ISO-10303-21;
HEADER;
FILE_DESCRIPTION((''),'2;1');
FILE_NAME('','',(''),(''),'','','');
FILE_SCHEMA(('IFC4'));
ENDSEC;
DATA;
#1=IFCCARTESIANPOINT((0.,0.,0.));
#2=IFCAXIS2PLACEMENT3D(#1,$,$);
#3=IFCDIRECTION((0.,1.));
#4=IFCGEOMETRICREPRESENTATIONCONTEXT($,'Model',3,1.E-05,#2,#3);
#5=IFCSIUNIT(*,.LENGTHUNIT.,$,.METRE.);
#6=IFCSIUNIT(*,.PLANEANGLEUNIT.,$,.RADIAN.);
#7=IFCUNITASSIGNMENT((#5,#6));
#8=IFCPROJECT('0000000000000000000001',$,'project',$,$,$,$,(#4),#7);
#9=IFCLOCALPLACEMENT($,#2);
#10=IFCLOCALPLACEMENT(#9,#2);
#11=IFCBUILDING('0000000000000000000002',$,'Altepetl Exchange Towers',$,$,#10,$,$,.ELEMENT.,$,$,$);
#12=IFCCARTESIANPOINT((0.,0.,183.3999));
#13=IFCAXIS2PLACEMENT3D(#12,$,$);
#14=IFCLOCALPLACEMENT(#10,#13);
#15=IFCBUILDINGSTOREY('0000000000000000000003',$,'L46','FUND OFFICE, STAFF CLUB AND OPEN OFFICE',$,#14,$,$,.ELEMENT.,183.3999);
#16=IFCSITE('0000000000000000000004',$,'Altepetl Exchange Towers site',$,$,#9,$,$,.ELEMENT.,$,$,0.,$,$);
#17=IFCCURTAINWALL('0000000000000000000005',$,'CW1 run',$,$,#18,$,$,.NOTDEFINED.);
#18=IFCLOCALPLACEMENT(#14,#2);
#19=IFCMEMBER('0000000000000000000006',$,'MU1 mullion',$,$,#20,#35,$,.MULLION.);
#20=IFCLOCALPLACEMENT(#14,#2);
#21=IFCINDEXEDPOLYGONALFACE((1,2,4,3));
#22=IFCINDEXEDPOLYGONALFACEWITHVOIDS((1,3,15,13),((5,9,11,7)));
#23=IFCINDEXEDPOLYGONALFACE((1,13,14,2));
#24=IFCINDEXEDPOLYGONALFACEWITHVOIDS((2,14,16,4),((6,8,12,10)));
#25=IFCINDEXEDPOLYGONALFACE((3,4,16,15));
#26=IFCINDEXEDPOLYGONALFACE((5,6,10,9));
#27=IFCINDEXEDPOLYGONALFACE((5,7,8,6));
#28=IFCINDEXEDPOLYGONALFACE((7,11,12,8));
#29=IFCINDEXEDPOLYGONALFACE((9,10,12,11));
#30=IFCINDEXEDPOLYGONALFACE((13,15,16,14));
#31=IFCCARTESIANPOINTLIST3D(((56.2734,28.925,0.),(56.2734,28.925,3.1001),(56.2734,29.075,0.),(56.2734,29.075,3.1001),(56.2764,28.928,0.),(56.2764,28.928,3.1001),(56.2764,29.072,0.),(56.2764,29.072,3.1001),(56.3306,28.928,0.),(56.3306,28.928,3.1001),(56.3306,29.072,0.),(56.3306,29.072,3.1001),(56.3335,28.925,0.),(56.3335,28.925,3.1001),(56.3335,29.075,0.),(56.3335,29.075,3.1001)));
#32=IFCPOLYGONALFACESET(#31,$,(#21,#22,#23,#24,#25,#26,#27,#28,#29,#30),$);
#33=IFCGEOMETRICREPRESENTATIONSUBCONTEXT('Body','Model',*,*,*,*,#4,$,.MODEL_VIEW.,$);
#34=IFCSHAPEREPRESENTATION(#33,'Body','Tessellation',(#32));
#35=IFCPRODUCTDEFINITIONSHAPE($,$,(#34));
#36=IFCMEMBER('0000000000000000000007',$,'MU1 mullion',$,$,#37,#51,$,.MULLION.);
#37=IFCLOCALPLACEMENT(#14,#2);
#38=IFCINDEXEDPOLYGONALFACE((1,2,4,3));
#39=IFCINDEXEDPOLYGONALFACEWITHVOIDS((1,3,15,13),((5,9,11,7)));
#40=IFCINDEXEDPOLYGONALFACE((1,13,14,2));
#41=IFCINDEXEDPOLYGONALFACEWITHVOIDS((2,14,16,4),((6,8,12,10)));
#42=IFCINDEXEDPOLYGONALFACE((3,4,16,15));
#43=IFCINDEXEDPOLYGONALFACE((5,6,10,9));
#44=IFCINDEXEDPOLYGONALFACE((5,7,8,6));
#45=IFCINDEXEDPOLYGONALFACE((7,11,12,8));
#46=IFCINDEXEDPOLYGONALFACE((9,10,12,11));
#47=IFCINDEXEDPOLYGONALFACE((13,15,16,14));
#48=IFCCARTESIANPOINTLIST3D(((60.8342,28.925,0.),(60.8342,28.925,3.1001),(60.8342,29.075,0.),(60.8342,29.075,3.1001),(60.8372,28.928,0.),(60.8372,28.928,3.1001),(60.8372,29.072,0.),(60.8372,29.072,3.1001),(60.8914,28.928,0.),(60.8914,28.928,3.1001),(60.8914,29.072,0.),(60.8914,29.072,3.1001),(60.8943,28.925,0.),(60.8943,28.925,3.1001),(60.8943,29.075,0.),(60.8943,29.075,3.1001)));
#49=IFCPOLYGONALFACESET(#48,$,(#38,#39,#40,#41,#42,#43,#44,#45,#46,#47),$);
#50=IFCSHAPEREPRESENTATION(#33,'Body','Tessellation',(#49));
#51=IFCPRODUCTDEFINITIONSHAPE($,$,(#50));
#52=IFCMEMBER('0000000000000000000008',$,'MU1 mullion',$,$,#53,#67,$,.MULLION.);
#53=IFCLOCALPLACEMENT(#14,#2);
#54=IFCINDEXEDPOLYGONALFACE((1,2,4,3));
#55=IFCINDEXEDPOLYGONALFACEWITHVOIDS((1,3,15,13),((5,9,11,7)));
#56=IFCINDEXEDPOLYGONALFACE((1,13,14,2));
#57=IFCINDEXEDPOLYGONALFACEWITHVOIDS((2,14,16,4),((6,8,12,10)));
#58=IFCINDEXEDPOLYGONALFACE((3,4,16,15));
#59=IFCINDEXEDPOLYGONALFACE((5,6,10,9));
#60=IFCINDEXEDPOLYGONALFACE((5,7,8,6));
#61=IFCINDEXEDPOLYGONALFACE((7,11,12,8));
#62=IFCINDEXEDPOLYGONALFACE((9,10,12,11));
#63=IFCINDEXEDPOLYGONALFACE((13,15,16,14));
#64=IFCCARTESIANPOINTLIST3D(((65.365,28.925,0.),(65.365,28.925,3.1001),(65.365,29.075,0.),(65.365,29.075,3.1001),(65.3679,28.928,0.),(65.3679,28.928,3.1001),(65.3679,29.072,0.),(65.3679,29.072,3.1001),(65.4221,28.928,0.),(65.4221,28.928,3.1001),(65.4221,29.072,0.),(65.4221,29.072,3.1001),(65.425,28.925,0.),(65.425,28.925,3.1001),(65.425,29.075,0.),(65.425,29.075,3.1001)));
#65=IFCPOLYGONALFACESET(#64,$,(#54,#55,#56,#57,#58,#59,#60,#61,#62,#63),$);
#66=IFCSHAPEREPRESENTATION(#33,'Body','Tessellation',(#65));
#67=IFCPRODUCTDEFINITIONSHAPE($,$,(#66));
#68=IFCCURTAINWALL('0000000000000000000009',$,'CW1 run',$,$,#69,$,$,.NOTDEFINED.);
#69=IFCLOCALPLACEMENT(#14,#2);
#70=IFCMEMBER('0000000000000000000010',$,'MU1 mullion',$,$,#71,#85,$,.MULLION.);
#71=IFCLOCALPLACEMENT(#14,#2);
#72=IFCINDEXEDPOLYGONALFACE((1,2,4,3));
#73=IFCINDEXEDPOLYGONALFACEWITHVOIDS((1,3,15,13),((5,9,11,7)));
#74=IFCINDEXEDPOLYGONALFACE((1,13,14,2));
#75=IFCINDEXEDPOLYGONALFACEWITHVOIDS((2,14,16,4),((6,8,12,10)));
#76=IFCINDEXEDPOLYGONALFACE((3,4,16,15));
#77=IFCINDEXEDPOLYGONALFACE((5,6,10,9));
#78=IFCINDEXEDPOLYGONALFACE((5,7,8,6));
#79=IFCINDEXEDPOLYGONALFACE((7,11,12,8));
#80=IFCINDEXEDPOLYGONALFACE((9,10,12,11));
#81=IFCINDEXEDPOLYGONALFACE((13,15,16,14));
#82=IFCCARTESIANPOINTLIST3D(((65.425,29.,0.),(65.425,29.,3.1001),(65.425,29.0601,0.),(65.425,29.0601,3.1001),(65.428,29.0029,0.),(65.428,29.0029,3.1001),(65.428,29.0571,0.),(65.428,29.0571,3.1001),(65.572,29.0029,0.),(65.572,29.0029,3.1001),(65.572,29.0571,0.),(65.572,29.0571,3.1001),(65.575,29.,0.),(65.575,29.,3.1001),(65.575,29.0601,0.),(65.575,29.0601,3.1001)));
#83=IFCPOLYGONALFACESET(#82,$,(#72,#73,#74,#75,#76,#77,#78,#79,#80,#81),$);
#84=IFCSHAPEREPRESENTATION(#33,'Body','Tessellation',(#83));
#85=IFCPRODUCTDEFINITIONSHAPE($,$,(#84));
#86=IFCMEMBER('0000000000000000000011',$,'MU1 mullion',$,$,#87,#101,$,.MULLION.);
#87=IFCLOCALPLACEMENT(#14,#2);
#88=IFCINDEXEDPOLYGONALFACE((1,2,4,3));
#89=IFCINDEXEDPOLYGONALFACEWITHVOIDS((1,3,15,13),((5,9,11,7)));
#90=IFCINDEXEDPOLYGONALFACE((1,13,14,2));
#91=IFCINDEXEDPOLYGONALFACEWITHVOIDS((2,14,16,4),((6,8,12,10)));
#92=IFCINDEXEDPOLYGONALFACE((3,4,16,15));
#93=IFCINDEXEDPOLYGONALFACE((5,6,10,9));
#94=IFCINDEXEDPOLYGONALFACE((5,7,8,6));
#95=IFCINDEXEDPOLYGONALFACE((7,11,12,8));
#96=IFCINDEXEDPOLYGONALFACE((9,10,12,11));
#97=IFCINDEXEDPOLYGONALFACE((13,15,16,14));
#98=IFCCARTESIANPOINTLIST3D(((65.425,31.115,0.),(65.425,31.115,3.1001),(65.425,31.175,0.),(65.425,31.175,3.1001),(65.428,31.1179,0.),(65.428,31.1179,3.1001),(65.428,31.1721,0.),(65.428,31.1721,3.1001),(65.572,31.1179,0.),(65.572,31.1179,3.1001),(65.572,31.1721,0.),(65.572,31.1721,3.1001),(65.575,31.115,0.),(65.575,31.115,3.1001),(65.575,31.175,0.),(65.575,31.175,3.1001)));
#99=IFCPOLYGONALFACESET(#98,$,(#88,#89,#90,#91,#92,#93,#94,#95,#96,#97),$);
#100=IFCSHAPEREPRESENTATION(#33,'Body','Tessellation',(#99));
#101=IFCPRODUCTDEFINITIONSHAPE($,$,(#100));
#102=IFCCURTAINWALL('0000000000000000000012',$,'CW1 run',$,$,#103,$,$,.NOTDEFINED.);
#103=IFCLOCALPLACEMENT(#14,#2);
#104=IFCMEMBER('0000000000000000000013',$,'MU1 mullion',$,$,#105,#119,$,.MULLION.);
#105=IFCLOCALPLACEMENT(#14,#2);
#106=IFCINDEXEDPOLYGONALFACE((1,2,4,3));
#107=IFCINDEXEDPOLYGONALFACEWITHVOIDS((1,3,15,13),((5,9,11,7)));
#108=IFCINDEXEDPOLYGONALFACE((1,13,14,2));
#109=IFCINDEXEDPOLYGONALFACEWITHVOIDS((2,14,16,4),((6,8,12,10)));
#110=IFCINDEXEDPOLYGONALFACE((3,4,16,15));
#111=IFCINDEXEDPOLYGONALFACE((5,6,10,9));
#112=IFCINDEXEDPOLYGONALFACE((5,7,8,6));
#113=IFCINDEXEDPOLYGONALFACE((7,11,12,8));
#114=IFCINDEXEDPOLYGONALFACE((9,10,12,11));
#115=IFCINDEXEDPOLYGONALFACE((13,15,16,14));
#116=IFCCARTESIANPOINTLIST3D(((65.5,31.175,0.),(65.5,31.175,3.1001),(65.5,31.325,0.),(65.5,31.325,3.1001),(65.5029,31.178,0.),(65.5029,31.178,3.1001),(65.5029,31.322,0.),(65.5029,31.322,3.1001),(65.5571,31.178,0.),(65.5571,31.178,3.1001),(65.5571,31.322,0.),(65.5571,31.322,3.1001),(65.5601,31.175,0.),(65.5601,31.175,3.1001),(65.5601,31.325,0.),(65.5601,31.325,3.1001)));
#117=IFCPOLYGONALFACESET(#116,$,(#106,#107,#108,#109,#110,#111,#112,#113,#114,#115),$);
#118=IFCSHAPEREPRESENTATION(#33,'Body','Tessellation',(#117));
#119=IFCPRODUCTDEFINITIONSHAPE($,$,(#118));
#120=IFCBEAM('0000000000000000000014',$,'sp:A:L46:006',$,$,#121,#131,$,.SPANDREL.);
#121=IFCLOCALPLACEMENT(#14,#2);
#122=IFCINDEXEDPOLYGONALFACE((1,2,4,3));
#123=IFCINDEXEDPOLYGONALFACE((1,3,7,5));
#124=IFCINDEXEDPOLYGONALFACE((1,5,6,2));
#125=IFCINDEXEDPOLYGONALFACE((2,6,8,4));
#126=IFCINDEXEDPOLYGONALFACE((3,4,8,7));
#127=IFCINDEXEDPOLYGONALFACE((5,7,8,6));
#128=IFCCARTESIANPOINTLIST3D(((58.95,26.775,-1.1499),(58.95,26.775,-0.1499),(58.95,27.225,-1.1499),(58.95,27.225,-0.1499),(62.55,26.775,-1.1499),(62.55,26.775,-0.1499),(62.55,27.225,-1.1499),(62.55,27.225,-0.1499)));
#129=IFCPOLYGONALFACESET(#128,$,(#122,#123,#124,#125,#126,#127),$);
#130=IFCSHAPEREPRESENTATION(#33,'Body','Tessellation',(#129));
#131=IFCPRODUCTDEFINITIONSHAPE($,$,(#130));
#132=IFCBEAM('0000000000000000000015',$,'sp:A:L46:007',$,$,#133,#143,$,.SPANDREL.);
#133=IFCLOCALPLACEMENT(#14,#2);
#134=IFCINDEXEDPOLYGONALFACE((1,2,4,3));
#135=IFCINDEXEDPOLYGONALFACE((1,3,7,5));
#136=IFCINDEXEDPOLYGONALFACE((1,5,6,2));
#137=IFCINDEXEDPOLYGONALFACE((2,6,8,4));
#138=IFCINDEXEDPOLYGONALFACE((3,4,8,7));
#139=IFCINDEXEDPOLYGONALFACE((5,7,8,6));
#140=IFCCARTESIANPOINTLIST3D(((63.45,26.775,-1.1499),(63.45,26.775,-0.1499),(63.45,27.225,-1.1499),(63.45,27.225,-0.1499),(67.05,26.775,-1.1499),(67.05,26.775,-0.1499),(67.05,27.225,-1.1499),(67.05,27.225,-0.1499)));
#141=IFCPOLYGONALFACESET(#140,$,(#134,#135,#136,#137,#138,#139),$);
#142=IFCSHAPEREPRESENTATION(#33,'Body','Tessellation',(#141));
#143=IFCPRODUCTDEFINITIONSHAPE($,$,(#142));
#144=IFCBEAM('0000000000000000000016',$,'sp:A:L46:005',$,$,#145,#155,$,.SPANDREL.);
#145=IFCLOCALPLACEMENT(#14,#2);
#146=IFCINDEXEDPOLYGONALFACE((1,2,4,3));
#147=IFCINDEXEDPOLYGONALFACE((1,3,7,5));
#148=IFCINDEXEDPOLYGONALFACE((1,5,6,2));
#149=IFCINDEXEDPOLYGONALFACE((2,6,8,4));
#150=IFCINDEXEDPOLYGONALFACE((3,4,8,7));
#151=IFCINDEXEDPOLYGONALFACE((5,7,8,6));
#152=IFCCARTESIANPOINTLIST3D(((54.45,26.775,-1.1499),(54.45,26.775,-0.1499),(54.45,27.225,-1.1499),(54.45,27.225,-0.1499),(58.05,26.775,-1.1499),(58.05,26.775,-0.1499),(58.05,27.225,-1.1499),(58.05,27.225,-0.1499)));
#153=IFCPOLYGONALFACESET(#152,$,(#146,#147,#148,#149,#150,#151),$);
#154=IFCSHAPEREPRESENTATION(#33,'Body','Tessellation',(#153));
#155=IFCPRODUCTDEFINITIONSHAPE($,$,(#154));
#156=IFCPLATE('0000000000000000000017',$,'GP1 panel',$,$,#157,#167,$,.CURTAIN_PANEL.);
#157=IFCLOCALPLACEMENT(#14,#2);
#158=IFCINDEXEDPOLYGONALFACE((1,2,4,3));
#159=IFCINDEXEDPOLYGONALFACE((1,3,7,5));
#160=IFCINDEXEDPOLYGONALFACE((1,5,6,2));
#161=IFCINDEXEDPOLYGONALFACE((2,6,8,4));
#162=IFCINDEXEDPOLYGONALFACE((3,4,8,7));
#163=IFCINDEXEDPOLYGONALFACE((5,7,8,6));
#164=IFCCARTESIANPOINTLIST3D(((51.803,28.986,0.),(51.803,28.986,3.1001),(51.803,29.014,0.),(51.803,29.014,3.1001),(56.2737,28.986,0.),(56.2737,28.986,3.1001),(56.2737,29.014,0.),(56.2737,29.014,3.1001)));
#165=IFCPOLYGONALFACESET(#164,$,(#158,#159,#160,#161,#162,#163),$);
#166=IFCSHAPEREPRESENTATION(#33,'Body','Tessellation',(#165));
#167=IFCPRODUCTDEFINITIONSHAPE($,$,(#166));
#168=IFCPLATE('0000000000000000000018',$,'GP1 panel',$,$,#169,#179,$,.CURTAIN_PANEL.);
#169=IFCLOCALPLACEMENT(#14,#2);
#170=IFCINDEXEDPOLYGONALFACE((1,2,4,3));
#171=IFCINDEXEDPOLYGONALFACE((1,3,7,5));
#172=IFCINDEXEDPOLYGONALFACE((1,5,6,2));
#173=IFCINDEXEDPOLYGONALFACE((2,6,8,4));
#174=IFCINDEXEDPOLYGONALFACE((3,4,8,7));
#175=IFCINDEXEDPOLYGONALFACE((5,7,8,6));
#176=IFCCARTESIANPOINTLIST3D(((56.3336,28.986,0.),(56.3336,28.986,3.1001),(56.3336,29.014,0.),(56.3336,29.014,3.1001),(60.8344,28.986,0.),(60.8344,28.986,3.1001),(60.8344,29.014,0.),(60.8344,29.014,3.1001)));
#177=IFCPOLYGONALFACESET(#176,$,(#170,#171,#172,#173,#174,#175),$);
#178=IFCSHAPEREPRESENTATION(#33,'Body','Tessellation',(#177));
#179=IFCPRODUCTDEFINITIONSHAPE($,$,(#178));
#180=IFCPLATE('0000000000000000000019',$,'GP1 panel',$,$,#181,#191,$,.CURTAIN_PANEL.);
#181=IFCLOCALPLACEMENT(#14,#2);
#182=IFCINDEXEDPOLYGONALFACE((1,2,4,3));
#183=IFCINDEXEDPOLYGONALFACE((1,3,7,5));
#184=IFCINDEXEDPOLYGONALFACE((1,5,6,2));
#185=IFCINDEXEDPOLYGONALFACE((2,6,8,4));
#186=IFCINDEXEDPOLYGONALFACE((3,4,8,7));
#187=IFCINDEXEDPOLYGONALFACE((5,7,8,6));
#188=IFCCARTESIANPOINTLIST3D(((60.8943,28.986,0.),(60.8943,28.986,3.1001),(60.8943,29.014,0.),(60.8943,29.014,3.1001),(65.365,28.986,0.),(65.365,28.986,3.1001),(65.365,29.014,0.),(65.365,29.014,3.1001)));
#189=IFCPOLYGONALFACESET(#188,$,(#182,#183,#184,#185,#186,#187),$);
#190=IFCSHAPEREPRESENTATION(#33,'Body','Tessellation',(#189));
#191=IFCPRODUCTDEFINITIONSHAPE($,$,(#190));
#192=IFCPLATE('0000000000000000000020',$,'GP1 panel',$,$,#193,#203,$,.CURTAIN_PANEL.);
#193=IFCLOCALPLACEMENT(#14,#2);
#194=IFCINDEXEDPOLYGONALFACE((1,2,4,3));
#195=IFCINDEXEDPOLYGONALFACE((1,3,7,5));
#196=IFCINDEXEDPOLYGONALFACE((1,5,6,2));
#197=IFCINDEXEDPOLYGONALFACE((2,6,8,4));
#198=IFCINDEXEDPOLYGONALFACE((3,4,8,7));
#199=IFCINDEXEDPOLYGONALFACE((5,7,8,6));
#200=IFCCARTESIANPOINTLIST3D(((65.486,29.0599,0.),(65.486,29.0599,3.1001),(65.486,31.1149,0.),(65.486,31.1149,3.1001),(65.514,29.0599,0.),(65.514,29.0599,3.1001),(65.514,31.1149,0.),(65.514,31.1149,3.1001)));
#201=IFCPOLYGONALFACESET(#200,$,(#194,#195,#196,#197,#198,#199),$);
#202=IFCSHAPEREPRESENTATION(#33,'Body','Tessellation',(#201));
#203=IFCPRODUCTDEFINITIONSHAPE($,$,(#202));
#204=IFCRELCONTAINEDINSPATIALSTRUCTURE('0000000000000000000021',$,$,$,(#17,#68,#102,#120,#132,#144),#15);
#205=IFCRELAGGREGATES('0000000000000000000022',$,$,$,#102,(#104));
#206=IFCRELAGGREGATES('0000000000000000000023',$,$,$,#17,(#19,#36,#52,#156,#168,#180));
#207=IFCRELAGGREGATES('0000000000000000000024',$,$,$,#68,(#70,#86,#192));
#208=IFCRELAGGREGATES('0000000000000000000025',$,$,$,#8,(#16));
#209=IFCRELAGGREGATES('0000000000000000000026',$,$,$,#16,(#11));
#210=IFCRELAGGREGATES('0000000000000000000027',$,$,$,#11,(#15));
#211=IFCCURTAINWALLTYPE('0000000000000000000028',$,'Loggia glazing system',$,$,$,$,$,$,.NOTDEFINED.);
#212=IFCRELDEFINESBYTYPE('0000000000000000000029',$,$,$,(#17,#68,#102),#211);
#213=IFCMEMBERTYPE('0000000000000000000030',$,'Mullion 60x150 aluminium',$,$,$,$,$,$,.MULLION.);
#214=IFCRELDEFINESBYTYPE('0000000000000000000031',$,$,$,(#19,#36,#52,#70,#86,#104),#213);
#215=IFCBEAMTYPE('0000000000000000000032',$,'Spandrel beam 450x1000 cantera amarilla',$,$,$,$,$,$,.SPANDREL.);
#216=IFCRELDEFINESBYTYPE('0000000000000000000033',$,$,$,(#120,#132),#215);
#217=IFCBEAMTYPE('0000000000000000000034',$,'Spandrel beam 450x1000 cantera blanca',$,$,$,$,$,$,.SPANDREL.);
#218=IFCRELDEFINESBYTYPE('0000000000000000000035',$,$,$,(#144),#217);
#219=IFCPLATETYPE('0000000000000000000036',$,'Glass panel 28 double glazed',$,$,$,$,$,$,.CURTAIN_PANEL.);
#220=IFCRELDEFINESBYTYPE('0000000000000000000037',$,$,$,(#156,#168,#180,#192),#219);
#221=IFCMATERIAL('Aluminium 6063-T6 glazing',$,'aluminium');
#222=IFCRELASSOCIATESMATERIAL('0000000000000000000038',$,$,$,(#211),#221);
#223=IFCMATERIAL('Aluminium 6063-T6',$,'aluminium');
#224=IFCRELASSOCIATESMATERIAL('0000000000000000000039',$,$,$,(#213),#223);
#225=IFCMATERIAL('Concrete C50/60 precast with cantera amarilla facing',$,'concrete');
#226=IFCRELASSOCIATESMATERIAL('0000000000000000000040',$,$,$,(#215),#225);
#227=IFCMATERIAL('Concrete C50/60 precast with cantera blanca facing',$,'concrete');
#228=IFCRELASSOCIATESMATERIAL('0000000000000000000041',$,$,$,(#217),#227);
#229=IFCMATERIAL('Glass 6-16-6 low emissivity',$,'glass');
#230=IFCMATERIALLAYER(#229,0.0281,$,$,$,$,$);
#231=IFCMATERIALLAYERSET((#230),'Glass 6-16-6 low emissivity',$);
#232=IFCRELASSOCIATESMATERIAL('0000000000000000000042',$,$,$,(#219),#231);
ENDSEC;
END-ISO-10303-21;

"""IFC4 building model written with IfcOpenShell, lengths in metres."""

from ifc_helpers import new_model, si_unit, direction, frame, origin, origin_2d, place, context, subcontext, project, spatial, rectangle, hollow_rectangle, extrude, material, layer, layer_set, material_profile, profile_set, type_object, element, aggregate, save


model = new_model("IFC4")

# Units and contexts
model_context = context("Model", 3, precision=1e-05, world=origin(), true_north=direction((0.0, 1.0)))
body_context = subcontext(model_context, "Body", "Model", "MODEL_VIEW")
ifc_project = project(units=[si_unit("LENGTHUNIT", "METRE"), si_unit("PLANEANGLEUNIT", "RADIAN")], contexts=[model_context])

# Site, building, storey
site_placement = place(None, origin())
site = spatial("IfcSite", under=ifc_project, at=site_placement, Name="Altepetl Exchange Towers site", CompositionType="ELEMENT", RefElevation=0.0)
building_placement = place(site_placement, origin())
building = spatial("IfcBuilding", under=site, at=building_placement, Name="Altepetl Exchange Towers", CompositionType="ELEMENT")
storey_placement = place(building_placement, frame((0.0, 0.0, 183.3999)))
storey = spatial("IfcBuildingStorey", under=building, at=storey_placement, Name="L46", Description="FUND OFFICE, STAFF CLUB AND OPEN OFFICE", CompositionType="ELEMENT", Elevation=183.3999)

# Curtain walls, members
ifc_material_1 = material(Name="Aluminium 6063-T6 glazing", Category="aluminium")
curtain_wall_type = type_object("IfcCurtainWallType", Name="Loggia glazing system", PredefinedType="NOTDEFINED", material=ifc_material_1)
curtain_wall_1_placement = place(storey_placement, origin())
curtain_wall_1 = element("IfcCurtainWall", 1, at=curtain_wall_1_placement, inside=storey, type_object=curtain_wall_type, Name="CW1 run", PredefinedType="NOTDEFINED")
ifc_material_2 = material(Name="Aluminium 6063-T6", Category="aluminium")
ifc_material_profile_1 = material_profile(ifc_material_2, hollow_rectangle(XDim=0.0601, YDim=0.1499, WallThickness=0.0029, at=origin_2d()), Name="Mullion 60x150 aluminium")
ifc_profile_set_1 = profile_set([ifc_material_profile_1], Name="Aluminium 6063-T6")
member_type = type_object("IfcMemberType", Name="Mullion 60x150 aluminium", PredefinedType="MULLION", material=ifc_profile_set_1)
member_1_placement = place(storey_placement, frame((56.3035, 29.0, 0.0)))
member_1 = element("IfcMember", 2, at=member_1_placement, type_object=member_type, Name="MU1 mullion", PredefinedType="MULLION", context=body_context, shape_type="SweptSolid", body=[
    extrude(hollow_rectangle(XDim=0.0601, YDim=0.1499, WallThickness=0.0029, at=origin_2d()), origin(), (0.0, 0.0, 1.0), 3.1001),
])
member_2_placement = place(storey_placement, frame((60.8643, 29.0, 0.0)))
member_2 = element("IfcMember", 3, at=member_2_placement, type_object=member_type, Name="MU1 mullion", PredefinedType="MULLION", context=body_context, shape_type="SweptSolid", body=[
    extrude(hollow_rectangle(XDim=0.0601, YDim=0.1499, WallThickness=0.0029, at=origin_2d()), origin(), (0.0, 0.0, 1.0), 3.1001),
])
member_3_placement = place(storey_placement, frame((65.395, 29.0, 0.0)))
member_3 = element("IfcMember", 4, at=member_3_placement, type_object=member_type, Name="MU1 mullion", PredefinedType="MULLION", context=body_context, shape_type="SweptSolid", body=[
    extrude(hollow_rectangle(XDim=0.0601, YDim=0.1499, WallThickness=0.0029, at=origin_2d()), origin(), (0.0, 0.0, 1.0), 3.1001),
])
curtain_wall_2_placement = place(storey_placement, origin())
curtain_wall_2 = element("IfcCurtainWall", 5, at=curtain_wall_2_placement, inside=storey, type_object=curtain_wall_type, Name="CW1 run", PredefinedType="NOTDEFINED")
member_4_placement = place(storey_placement, frame((65.5, 29.03, 0.0), z_axis=(0.0, 0.0, 1.0), x_axis=(0.0, 1.0, 0.0)))
member_4 = element("IfcMember", 6, at=member_4_placement, type_object=member_type, Name="MU1 mullion", PredefinedType="MULLION", context=body_context, shape_type="SweptSolid", body=[
    extrude(hollow_rectangle(XDim=0.0601, YDim=0.1499, WallThickness=0.0029, at=origin_2d()), origin(), (0.0, 0.0, 1.0), 3.1001),
])
member_5_placement = place(storey_placement, frame((65.5, 31.145, 0.0), z_axis=(0.0, 0.0, 1.0), x_axis=(0.0, 1.0, 0.0)))
member_5 = element("IfcMember", 7, at=member_5_placement, type_object=member_type, Name="MU1 mullion", PredefinedType="MULLION", context=body_context, shape_type="SweptSolid", body=[
    extrude(hollow_rectangle(XDim=0.0601, YDim=0.1499, WallThickness=0.0029, at=origin_2d()), origin(), (0.0, 0.0, 1.0), 3.1001),
])

# Curtain wall, member
curtain_wall_3_placement = place(storey_placement, origin())
curtain_wall_3 = element("IfcCurtainWall", 8, at=curtain_wall_3_placement, inside=storey, type_object=curtain_wall_type, Name="CW1 run", PredefinedType="NOTDEFINED")
member_6_placement = place(storey_placement, frame((65.53, 31.25, 0.0)))
member_6 = element("IfcMember", 9, at=member_6_placement, type_object=member_type, Name="MU1 mullion", PredefinedType="MULLION", context=body_context, shape_type="SweptSolid", body=[
    extrude(hollow_rectangle(XDim=0.0601, YDim=0.1499, WallThickness=0.0029, at=origin_2d()), origin(), (0.0, 0.0, 1.0), 3.1001),
])
aggregate(curtain_wall_3, [member_6])

# Beams
ifc_material_3 = material(Name="Concrete C50/60 precast with cantera amarilla facing", Category="concrete")
ifc_material_profile_2 = material_profile(ifc_material_3, rectangle(XDim=0.45, YDim=1.0, at=origin_2d()), Name="450 x 1000")
ifc_profile_set_2 = profile_set([ifc_material_profile_2], Name="Concrete C50/60 precast with cantera amarilla facing")
beam_type_1 = type_object("IfcBeamType", Name="Spandrel beam 450x1000 cantera amarilla", PredefinedType="SPANDREL", material=ifc_profile_set_2)
for number, where, z_axis, x_axis, name in (
    (10, (58.95, 27.0, -0.6499), (1.0, 0.0, 0.0), (0.0, 1.0, 0.0), "sp:A:L46:006"),
    (11, (63.45, 27.0, -0.6499), (1.0, 0.0, 0.0), (0.0, 1.0, 0.0), "sp:A:L46:007"),
):
    element("IfcBeam", number, at=place(storey_placement, frame(where, z_axis=z_axis, x_axis=x_axis)), inside=storey, type_object=beam_type_1, Name=name, PredefinedType="SPANDREL", context=body_context, shape_type="SweptSolid", body=[
        extrude(rectangle(XDim=0.45, YDim=1.0, at=origin_2d()), origin(), (0.0, 0.0, 1.0), 3.6001),
    ])
ifc_material_4 = material(Name="Concrete C50/60 precast with cantera blanca facing", Category="concrete")
ifc_material_profile_3 = material_profile(ifc_material_4, rectangle(XDim=0.45, YDim=1.0, at=origin_2d()), Name="450 x 1000")
ifc_profile_set_3 = profile_set([ifc_material_profile_3], Name="Concrete C50/60 precast with cantera blanca facing")
beam_type_2 = type_object("IfcBeamType", Name="Spandrel beam 450x1000 cantera blanca", PredefinedType="SPANDREL", material=ifc_profile_set_3)
beam_1_placement = place(storey_placement, frame((54.45, 27.0, -0.6499), z_axis=(1.0, 0.0, 0.0), x_axis=(0.0, 1.0, 0.0)))
element("IfcBeam", 12, at=beam_1_placement, inside=storey, type_object=beam_type_2, Name="sp:A:L46:005", PredefinedType="SPANDREL", context=body_context, shape_type="SweptSolid", body=[
    extrude(rectangle(XDim=0.45, YDim=1.0, at=origin_2d()), origin(), (0.0, 0.0, 1.0), 3.6001),
])

# Plates
ifc_material_5 = material(Name="Glass 6-16-6 low emissivity", Category="glass")
ifc_layer_1 = layer(ifc_material_5, 0.0281)
ifc_layer_set_1 = layer_set([ifc_layer_1], Name="Glass 6-16-6 low emissivity")
plate_type = type_object("IfcPlateType", Name="Glass panel 28 double glazed", PredefinedType="CURTAIN_PANEL", material=ifc_layer_set_1)
plate_1_placement = place(storey_placement, frame((54.0383, 29.0, 0.0)))
plate_1 = element("IfcPlate", 13, at=plate_1_placement, type_object=plate_type, Name="GP1 panel", PredefinedType="CURTAIN_PANEL", context=body_context, shape_type="SweptSolid", body=[
    extrude(rectangle(XDim=4.4707, YDim=0.0281, at=origin_2d()), origin(), (0.0, 0.0, 1.0), 3.1001),
])
plate_2_placement = place(storey_placement, frame((58.584, 29.0, 0.0)))
plate_2 = element("IfcPlate", 14, at=plate_2_placement, type_object=plate_type, Name="GP1 panel", PredefinedType="CURTAIN_PANEL", context=body_context, shape_type="SweptSolid", body=[
    extrude(rectangle(XDim=4.5007, YDim=0.0281, at=origin_2d()), origin(), (0.0, 0.0, 1.0), 3.1001),
])
plate_3_placement = place(storey_placement, frame((63.1296, 29.0, 0.0)))
plate_3 = element("IfcPlate", 15, at=plate_3_placement, type_object=plate_type, Name="GP1 panel", PredefinedType="CURTAIN_PANEL", context=body_context, shape_type="SweptSolid", body=[
    extrude(rectangle(XDim=4.4707, YDim=0.0281, at=origin_2d()), origin(), (0.0, 0.0, 1.0), 3.1001),
])
aggregate(curtain_wall_1, [member_1, member_2, member_3, plate_1, plate_2, plate_3])
plate_4_placement = place(storey_placement, frame((65.5, 30.0874, 0.0), z_axis=(0.0, 0.0, 1.0), x_axis=(0.0, 1.0, 0.0)))
plate_4 = element("IfcPlate", 16, at=plate_4_placement, type_object=plate_type, Name="GP1 panel", PredefinedType="CURTAIN_PANEL", context=body_context, shape_type="SweptSolid", body=[
    extrude(rectangle(XDim=2.0549, YDim=0.0281, at=origin_2d()), origin(), (0.0, 0.0, 1.0), 3.1001),
])
aggregate(curtain_wall_2, [member_4, member_5, plate_4])

save(model, "model.ifc")
